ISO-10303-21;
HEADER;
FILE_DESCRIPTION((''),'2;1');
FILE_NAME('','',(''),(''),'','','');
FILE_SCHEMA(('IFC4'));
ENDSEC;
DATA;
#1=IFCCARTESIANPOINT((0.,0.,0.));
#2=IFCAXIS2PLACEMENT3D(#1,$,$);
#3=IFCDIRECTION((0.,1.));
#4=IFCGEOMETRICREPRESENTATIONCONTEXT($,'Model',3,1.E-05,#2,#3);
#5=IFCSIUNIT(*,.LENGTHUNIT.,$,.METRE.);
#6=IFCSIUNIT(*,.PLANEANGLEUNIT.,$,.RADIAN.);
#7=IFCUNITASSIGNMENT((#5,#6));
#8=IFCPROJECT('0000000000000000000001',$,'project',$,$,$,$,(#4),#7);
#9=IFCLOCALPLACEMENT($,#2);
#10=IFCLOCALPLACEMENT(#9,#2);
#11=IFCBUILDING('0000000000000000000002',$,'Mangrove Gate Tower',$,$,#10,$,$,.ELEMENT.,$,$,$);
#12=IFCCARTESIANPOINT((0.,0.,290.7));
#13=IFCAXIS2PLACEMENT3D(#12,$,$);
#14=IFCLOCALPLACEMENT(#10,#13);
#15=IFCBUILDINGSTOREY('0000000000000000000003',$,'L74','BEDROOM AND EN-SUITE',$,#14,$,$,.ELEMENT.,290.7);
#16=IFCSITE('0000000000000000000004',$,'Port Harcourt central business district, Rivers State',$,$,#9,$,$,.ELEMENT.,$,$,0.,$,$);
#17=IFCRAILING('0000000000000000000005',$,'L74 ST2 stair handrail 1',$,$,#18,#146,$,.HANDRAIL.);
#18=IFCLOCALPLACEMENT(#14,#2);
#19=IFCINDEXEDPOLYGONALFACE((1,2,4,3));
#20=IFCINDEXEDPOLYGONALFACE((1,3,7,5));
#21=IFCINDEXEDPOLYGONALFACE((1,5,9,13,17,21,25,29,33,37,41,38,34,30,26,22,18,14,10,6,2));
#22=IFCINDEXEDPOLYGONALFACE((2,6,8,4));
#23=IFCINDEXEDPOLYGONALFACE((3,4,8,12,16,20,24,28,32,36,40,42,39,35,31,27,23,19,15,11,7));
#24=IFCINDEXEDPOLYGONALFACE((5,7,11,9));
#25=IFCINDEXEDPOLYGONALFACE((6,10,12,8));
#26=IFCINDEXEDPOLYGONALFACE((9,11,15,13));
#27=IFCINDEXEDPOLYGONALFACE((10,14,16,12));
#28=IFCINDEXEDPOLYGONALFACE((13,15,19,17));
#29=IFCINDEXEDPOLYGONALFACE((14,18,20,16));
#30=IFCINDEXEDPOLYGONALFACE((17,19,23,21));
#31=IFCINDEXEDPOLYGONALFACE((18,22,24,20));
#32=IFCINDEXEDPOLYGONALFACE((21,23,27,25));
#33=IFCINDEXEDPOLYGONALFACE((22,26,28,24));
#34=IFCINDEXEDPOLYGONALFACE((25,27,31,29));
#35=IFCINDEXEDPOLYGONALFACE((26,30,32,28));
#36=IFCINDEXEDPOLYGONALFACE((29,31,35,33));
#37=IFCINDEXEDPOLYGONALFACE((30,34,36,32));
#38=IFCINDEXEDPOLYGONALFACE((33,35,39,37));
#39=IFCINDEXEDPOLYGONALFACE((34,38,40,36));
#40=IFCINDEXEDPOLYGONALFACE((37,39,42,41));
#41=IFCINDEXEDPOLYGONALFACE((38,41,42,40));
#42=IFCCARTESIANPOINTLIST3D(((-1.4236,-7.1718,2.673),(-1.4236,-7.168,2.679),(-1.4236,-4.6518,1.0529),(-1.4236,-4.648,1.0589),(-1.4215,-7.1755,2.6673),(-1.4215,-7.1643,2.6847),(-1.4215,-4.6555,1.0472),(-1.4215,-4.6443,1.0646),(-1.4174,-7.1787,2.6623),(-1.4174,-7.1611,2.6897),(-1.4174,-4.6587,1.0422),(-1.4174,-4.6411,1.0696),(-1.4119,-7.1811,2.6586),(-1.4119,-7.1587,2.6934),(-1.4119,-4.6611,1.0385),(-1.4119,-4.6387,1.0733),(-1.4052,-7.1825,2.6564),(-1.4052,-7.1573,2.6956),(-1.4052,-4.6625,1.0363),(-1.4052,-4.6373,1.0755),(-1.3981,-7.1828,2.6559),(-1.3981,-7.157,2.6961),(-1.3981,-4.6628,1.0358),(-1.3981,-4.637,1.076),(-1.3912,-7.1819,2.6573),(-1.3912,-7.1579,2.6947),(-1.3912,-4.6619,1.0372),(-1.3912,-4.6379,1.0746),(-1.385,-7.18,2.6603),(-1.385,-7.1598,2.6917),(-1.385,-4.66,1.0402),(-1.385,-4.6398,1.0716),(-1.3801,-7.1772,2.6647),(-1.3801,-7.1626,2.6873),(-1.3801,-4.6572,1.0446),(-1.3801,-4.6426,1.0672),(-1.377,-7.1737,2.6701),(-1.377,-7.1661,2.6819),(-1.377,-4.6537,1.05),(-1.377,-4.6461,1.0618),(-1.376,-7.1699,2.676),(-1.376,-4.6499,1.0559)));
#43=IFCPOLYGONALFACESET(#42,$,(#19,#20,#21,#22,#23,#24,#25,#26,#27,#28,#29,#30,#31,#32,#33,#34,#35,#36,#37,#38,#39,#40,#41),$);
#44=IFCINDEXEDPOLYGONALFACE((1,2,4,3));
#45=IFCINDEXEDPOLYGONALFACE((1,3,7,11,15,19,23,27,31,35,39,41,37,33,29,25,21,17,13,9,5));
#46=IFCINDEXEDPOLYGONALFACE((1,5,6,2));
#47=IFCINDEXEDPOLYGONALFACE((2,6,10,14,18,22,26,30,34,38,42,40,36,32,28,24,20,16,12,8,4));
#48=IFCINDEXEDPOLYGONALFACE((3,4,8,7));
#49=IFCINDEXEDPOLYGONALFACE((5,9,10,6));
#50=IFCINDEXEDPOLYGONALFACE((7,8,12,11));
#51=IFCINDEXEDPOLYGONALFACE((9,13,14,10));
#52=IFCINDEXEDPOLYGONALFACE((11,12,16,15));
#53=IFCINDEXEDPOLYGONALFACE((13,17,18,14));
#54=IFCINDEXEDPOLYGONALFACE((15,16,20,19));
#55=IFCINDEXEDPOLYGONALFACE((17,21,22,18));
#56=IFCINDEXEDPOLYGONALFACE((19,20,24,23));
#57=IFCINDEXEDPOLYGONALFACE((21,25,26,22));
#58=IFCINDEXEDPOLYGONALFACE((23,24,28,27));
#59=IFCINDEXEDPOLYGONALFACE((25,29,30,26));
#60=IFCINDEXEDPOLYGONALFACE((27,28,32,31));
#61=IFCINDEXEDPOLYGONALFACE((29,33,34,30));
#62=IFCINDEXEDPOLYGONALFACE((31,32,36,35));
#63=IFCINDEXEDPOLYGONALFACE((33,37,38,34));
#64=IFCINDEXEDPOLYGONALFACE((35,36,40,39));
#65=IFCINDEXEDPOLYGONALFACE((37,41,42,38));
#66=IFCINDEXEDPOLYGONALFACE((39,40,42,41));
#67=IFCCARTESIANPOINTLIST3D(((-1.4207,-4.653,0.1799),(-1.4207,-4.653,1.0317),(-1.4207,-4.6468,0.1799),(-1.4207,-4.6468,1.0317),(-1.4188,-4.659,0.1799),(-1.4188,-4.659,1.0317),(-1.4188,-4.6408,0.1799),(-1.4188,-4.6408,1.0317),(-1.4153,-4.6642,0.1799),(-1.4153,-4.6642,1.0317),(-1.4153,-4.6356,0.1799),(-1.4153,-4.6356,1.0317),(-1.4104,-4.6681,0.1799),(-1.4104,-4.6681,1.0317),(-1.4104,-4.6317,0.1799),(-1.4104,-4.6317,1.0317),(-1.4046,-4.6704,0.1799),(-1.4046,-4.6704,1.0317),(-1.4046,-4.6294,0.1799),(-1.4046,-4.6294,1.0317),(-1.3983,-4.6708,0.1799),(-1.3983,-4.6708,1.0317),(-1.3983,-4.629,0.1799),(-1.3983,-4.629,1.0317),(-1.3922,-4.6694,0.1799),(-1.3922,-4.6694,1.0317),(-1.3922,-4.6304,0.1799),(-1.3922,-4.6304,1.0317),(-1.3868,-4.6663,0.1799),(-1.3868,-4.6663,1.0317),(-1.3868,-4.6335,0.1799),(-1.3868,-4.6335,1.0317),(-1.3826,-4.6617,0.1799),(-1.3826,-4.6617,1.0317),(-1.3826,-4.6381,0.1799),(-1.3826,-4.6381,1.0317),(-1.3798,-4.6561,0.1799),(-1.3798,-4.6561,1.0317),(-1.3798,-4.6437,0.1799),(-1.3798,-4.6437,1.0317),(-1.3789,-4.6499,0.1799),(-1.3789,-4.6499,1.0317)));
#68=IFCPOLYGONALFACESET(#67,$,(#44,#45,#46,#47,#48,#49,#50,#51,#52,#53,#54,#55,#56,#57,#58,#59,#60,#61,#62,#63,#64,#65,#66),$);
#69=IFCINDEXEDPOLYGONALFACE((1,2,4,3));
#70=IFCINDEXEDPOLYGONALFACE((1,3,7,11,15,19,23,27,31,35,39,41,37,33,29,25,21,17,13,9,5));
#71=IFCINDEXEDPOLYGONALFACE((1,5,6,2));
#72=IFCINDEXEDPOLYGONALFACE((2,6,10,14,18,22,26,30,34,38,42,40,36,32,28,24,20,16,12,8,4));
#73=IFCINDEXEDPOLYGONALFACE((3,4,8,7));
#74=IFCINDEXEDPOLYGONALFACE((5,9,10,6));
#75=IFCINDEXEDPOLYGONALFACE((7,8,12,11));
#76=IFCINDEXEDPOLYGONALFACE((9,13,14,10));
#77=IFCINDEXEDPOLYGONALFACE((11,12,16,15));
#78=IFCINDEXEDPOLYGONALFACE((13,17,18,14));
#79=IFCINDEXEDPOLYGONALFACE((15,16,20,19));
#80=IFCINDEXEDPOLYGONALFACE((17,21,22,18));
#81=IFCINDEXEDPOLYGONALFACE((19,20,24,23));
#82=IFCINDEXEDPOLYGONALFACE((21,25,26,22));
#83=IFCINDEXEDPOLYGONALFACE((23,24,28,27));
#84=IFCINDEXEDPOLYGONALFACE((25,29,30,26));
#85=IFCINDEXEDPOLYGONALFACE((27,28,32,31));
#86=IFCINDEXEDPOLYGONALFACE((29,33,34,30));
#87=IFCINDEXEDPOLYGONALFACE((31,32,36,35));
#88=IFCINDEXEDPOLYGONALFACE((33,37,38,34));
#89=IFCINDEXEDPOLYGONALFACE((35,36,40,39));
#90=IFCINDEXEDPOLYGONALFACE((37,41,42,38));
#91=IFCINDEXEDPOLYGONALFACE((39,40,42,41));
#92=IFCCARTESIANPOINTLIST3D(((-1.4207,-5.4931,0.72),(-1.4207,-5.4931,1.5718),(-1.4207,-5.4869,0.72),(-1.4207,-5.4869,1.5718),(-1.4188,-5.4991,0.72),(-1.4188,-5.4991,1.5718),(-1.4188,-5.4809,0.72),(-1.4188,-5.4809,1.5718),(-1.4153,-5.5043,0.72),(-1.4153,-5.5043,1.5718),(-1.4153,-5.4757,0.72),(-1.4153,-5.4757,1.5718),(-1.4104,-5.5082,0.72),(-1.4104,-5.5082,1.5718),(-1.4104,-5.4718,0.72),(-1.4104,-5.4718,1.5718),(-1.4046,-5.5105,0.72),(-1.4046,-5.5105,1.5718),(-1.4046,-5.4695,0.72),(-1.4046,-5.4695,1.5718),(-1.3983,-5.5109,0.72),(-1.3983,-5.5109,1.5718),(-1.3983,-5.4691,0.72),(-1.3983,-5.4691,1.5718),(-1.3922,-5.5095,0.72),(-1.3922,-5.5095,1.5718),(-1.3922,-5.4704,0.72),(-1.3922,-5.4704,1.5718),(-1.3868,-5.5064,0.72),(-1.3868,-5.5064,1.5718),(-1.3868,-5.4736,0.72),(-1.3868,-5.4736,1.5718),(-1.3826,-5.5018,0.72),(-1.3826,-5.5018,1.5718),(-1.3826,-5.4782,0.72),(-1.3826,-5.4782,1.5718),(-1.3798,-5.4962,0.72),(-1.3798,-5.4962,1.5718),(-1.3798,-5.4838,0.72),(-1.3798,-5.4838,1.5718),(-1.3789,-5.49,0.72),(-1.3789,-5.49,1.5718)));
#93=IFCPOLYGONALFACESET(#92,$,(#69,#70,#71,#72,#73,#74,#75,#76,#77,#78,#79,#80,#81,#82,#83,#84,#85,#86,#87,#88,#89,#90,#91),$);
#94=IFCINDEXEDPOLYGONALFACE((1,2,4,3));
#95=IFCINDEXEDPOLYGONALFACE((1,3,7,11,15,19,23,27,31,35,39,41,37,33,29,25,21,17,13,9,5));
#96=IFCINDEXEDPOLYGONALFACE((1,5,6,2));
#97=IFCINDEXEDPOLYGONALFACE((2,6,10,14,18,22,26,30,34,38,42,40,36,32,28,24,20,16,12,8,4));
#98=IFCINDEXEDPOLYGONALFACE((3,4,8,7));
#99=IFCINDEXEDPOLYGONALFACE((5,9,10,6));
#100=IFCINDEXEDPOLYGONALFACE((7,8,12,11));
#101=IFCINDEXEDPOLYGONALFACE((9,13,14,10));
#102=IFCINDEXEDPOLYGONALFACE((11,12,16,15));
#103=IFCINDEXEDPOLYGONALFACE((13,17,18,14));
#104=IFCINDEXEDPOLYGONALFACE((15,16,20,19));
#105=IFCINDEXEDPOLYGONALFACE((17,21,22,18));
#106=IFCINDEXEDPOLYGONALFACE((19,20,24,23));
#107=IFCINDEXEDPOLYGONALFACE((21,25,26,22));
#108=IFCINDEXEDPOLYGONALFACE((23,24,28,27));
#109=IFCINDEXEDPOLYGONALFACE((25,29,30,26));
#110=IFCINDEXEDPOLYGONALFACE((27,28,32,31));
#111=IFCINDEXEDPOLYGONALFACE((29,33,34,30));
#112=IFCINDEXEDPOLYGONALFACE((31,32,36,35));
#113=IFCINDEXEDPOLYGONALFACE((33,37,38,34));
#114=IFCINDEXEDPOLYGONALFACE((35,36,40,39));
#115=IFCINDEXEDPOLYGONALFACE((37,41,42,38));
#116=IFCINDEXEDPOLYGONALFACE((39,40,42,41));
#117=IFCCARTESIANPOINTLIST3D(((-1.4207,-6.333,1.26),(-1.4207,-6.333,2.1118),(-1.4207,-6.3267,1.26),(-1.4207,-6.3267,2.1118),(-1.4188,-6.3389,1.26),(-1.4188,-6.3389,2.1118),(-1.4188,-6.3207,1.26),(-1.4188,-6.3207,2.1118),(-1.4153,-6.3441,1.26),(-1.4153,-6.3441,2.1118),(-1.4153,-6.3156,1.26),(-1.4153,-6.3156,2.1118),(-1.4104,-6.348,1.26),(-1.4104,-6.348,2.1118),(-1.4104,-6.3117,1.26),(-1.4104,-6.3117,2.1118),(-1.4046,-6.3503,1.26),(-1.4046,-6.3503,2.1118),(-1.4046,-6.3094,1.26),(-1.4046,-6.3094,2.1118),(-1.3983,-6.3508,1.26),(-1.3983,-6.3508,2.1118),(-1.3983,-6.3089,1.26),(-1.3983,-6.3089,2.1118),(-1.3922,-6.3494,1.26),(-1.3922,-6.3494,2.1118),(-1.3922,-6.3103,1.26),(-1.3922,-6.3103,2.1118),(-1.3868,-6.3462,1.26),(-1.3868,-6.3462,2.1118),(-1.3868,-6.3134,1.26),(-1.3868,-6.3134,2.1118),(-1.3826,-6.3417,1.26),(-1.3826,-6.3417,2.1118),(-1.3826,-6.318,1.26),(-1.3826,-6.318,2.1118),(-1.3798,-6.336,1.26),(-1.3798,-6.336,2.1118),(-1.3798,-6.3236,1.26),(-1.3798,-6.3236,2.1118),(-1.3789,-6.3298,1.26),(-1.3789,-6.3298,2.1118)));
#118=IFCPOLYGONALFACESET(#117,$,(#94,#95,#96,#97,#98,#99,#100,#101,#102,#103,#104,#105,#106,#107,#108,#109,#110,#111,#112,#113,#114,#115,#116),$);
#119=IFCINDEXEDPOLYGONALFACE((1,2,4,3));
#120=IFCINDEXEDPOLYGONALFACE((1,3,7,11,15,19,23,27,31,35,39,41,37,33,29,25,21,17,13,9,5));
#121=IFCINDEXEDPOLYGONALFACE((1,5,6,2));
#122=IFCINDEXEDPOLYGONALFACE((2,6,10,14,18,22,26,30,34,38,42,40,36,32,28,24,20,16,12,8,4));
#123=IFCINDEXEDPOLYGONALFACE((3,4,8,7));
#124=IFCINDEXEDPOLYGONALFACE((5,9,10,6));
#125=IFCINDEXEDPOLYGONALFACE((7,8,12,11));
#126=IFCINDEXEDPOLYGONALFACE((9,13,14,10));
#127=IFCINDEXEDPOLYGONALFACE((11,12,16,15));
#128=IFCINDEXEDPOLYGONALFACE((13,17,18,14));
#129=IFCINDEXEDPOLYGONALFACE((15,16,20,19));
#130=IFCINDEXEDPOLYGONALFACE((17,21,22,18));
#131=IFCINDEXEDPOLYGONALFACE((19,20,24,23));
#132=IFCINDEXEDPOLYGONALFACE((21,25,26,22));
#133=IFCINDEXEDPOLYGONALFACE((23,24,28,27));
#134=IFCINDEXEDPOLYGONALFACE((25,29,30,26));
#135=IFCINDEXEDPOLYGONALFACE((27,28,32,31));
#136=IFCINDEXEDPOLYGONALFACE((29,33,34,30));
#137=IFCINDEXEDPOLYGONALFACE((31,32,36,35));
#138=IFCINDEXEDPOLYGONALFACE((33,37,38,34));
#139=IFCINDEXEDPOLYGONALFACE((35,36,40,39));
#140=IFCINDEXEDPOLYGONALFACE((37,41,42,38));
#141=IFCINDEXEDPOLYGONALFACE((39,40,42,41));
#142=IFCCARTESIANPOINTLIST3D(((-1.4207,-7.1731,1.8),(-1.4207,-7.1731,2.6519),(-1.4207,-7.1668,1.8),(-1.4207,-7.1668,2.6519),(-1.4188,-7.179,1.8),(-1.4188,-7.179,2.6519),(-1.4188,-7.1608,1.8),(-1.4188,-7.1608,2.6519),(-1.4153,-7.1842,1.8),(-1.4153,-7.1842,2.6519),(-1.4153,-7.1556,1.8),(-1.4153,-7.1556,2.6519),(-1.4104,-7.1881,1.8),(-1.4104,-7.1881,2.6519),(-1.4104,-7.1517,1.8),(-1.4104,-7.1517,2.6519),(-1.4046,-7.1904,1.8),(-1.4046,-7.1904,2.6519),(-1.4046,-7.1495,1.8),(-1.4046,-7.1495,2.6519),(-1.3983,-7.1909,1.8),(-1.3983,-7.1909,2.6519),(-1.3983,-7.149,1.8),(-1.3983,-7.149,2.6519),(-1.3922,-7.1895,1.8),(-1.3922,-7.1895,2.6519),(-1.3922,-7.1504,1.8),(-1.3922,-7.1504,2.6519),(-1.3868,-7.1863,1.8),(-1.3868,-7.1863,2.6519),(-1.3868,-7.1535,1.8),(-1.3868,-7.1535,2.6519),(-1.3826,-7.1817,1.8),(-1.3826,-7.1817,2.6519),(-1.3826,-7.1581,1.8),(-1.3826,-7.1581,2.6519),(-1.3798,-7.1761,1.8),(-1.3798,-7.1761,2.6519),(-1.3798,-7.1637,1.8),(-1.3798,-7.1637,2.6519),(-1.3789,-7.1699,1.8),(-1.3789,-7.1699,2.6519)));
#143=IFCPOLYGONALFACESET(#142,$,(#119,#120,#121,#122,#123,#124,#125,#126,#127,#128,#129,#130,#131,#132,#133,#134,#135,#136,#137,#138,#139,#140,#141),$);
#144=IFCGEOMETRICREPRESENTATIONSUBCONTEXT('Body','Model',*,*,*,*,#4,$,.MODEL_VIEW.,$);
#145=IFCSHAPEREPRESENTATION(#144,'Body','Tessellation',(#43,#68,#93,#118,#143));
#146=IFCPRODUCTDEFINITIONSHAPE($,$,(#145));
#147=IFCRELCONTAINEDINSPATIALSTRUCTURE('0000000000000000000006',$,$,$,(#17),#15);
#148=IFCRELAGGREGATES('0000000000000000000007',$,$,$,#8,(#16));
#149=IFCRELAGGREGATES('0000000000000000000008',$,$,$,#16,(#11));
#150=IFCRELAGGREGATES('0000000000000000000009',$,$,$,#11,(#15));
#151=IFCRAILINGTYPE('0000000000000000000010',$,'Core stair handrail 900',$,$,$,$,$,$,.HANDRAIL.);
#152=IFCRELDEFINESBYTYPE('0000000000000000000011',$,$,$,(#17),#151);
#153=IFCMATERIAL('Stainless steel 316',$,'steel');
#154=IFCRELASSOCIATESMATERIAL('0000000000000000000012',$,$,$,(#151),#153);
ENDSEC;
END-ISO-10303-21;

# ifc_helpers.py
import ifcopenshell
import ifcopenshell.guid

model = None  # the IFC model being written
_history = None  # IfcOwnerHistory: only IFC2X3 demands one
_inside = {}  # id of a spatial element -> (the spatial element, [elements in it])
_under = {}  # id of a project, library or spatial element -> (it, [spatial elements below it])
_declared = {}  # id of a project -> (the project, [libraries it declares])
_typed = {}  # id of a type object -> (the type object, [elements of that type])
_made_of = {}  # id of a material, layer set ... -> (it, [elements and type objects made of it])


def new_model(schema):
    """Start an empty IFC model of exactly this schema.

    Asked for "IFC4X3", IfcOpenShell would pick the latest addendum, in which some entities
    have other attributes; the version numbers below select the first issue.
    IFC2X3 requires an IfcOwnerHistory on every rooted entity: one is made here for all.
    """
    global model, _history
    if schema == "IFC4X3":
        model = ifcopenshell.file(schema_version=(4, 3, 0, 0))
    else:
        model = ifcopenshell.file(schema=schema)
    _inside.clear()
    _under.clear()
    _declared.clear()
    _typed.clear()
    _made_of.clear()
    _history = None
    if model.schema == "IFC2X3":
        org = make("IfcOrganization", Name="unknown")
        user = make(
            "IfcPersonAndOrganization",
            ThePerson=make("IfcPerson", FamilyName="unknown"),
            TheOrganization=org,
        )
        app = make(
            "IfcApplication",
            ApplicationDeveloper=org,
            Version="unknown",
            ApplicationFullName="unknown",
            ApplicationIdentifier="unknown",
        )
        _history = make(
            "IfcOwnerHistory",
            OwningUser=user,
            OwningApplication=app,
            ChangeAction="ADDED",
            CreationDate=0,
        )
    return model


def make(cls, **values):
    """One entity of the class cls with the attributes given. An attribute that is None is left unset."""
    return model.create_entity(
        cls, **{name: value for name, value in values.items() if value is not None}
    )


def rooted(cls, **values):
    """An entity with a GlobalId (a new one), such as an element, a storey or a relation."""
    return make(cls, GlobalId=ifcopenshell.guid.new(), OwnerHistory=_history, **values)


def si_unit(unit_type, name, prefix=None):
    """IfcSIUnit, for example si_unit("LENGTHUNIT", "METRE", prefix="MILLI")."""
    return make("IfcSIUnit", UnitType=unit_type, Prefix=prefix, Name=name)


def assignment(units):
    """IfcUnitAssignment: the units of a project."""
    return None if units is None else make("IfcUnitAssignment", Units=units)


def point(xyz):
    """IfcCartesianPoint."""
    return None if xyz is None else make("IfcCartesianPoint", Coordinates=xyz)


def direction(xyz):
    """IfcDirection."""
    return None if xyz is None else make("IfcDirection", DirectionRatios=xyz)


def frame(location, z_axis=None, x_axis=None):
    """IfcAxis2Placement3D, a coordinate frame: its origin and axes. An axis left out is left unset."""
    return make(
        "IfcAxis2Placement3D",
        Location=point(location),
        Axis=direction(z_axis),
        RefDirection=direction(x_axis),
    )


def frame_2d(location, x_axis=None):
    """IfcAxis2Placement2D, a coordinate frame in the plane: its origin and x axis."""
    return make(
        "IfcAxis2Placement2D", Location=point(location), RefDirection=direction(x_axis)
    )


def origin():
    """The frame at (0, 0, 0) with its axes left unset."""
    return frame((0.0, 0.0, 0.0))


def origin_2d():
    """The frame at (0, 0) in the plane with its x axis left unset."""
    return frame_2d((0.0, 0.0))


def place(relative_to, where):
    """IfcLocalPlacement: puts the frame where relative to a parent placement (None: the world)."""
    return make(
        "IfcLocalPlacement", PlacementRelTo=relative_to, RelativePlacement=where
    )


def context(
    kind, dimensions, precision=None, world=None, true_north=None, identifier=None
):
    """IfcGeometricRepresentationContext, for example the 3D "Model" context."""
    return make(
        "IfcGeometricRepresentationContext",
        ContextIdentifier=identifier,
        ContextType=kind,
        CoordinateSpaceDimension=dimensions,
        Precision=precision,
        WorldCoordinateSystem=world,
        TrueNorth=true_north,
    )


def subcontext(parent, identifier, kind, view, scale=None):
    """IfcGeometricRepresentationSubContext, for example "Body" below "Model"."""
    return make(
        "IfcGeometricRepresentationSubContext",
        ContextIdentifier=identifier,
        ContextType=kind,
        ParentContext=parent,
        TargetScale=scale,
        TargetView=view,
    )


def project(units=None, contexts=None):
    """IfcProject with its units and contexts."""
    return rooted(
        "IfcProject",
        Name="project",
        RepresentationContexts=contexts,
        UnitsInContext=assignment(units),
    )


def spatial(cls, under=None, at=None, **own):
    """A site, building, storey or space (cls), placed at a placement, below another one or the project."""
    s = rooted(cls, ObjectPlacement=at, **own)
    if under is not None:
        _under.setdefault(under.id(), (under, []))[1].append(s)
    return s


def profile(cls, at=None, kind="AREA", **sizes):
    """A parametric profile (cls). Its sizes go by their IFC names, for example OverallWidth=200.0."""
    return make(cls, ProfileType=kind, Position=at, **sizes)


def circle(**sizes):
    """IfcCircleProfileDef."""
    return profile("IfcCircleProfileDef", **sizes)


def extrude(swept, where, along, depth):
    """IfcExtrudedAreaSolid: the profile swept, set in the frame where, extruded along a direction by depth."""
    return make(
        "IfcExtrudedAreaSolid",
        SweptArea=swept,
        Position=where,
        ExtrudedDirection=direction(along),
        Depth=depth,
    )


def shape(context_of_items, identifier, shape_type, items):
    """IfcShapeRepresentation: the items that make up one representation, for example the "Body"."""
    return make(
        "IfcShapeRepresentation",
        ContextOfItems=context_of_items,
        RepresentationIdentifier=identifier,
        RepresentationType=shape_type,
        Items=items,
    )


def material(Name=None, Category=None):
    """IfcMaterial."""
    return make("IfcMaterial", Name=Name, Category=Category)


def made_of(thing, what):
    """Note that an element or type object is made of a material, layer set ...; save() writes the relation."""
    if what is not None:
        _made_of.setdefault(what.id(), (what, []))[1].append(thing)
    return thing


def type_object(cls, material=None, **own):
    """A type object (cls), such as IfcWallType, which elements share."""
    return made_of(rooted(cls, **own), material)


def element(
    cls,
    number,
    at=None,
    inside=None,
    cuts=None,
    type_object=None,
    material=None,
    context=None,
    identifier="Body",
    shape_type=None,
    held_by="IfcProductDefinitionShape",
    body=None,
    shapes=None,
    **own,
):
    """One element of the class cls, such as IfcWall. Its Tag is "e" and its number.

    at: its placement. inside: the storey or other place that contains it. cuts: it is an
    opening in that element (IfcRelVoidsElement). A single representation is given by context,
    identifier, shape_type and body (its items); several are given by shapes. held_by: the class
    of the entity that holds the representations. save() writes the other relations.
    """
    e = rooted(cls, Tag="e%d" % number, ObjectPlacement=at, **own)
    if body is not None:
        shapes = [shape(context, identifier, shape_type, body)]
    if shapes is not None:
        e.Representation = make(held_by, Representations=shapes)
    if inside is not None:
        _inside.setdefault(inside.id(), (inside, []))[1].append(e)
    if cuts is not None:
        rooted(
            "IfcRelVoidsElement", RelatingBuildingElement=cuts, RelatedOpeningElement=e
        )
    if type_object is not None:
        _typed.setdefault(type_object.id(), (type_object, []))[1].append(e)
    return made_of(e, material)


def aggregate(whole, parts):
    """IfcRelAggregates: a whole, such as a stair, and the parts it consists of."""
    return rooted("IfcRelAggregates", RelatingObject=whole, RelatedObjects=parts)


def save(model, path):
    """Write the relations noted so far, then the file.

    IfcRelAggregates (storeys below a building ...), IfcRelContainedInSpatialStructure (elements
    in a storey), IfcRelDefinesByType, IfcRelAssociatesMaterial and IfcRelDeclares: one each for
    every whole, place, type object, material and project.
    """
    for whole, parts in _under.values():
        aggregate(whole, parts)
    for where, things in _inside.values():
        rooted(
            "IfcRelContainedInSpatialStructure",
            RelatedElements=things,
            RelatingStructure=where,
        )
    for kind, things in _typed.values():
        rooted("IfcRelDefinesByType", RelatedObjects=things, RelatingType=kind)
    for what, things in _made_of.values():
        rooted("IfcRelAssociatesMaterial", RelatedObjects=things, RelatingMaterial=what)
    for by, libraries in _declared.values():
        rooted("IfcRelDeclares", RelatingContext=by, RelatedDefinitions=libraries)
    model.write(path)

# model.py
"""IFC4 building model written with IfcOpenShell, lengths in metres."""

from ifc_helpers import new_model, si_unit, direction, frame, origin, origin_2d, place, context, subcontext, project, spatial, circle, extrude, material, type_object, element, save


model = new_model("IFC4")

# Units and contexts
model_context = context("Model", 3, precision=1e-05, world=origin(), true_north=direction((0.0, 1.0)))
body_context = subcontext(model_context, "Body", "Model", "MODEL_VIEW")
ifc_project = project(units=[si_unit("LENGTHUNIT", "METRE"), si_unit("PLANEANGLEUNIT", "RADIAN")], contexts=[model_context])

# Site, building, storey
site_placement = place(None, origin())
site = spatial("IfcSite", under=ifc_project, at=site_placement, Name="Port Harcourt central business district, Rivers State", CompositionType="ELEMENT", RefElevation=0.0)
building_placement = place(site_placement, origin())
building = spatial("IfcBuilding", under=site, at=building_placement, Name="Mangrove Gate Tower", CompositionType="ELEMENT")
storey_placement = place(building_placement, frame((0.0, 0.0, 290.7)))
storey = spatial("IfcBuildingStorey", under=building, at=storey_placement, Name="L74", Description="BEDROOM AND EN-SUITE", CompositionType="ELEMENT", Elevation=290.7)

# Railing
ifc_material_1 = material(Name="Stainless steel 316", Category="steel")
railing_type_1 = type_object("IfcRailingType", Name="Core stair handrail 900", PredefinedType="HANDRAIL", material=ifc_material_1)
railing_1_placement = place(storey_placement, frame((-1.3999, -4.6499, 0.1799)))
element("IfcRailing", 1, at=railing_1_placement, inside=storey, type_object=railing_type_1, Name="L74 ST2 stair handrail 1", PredefinedType="HANDRAIL", context=body_context, shape_type="SweptSolid", body=[
    extrude(circle(Radius=0.0239, at=origin_2d()), frame((0.0, 0.0, 0.876), z_axis=(0.0, -0.841163, 0.540782), x_axis=(1.0, 0.0, 0.0)), (0.0, 0.0, 1.0), 2.9958),
    extrude(circle(Radius=0.021, at=origin_2d()), origin(), (0.0, 0.0, 1.0), 0.8518),
    extrude(circle(Radius=0.021, at=origin_2d()), frame((0.0, -0.8401, 0.54)), (0.0, 0.0, 1.0), 0.8518),
    extrude(circle(Radius=0.021, at=origin_2d()), frame((0.0, -1.6799, 1.0801)), (0.0, 0.0, 1.0), 0.8518),
    extrude(circle(Radius=0.021, at=origin_2d()), frame((0.0, -2.52, 1.6201)), (0.0, 0.0, 1.0), 0.8518),
])

save(model, "model.ifc")
